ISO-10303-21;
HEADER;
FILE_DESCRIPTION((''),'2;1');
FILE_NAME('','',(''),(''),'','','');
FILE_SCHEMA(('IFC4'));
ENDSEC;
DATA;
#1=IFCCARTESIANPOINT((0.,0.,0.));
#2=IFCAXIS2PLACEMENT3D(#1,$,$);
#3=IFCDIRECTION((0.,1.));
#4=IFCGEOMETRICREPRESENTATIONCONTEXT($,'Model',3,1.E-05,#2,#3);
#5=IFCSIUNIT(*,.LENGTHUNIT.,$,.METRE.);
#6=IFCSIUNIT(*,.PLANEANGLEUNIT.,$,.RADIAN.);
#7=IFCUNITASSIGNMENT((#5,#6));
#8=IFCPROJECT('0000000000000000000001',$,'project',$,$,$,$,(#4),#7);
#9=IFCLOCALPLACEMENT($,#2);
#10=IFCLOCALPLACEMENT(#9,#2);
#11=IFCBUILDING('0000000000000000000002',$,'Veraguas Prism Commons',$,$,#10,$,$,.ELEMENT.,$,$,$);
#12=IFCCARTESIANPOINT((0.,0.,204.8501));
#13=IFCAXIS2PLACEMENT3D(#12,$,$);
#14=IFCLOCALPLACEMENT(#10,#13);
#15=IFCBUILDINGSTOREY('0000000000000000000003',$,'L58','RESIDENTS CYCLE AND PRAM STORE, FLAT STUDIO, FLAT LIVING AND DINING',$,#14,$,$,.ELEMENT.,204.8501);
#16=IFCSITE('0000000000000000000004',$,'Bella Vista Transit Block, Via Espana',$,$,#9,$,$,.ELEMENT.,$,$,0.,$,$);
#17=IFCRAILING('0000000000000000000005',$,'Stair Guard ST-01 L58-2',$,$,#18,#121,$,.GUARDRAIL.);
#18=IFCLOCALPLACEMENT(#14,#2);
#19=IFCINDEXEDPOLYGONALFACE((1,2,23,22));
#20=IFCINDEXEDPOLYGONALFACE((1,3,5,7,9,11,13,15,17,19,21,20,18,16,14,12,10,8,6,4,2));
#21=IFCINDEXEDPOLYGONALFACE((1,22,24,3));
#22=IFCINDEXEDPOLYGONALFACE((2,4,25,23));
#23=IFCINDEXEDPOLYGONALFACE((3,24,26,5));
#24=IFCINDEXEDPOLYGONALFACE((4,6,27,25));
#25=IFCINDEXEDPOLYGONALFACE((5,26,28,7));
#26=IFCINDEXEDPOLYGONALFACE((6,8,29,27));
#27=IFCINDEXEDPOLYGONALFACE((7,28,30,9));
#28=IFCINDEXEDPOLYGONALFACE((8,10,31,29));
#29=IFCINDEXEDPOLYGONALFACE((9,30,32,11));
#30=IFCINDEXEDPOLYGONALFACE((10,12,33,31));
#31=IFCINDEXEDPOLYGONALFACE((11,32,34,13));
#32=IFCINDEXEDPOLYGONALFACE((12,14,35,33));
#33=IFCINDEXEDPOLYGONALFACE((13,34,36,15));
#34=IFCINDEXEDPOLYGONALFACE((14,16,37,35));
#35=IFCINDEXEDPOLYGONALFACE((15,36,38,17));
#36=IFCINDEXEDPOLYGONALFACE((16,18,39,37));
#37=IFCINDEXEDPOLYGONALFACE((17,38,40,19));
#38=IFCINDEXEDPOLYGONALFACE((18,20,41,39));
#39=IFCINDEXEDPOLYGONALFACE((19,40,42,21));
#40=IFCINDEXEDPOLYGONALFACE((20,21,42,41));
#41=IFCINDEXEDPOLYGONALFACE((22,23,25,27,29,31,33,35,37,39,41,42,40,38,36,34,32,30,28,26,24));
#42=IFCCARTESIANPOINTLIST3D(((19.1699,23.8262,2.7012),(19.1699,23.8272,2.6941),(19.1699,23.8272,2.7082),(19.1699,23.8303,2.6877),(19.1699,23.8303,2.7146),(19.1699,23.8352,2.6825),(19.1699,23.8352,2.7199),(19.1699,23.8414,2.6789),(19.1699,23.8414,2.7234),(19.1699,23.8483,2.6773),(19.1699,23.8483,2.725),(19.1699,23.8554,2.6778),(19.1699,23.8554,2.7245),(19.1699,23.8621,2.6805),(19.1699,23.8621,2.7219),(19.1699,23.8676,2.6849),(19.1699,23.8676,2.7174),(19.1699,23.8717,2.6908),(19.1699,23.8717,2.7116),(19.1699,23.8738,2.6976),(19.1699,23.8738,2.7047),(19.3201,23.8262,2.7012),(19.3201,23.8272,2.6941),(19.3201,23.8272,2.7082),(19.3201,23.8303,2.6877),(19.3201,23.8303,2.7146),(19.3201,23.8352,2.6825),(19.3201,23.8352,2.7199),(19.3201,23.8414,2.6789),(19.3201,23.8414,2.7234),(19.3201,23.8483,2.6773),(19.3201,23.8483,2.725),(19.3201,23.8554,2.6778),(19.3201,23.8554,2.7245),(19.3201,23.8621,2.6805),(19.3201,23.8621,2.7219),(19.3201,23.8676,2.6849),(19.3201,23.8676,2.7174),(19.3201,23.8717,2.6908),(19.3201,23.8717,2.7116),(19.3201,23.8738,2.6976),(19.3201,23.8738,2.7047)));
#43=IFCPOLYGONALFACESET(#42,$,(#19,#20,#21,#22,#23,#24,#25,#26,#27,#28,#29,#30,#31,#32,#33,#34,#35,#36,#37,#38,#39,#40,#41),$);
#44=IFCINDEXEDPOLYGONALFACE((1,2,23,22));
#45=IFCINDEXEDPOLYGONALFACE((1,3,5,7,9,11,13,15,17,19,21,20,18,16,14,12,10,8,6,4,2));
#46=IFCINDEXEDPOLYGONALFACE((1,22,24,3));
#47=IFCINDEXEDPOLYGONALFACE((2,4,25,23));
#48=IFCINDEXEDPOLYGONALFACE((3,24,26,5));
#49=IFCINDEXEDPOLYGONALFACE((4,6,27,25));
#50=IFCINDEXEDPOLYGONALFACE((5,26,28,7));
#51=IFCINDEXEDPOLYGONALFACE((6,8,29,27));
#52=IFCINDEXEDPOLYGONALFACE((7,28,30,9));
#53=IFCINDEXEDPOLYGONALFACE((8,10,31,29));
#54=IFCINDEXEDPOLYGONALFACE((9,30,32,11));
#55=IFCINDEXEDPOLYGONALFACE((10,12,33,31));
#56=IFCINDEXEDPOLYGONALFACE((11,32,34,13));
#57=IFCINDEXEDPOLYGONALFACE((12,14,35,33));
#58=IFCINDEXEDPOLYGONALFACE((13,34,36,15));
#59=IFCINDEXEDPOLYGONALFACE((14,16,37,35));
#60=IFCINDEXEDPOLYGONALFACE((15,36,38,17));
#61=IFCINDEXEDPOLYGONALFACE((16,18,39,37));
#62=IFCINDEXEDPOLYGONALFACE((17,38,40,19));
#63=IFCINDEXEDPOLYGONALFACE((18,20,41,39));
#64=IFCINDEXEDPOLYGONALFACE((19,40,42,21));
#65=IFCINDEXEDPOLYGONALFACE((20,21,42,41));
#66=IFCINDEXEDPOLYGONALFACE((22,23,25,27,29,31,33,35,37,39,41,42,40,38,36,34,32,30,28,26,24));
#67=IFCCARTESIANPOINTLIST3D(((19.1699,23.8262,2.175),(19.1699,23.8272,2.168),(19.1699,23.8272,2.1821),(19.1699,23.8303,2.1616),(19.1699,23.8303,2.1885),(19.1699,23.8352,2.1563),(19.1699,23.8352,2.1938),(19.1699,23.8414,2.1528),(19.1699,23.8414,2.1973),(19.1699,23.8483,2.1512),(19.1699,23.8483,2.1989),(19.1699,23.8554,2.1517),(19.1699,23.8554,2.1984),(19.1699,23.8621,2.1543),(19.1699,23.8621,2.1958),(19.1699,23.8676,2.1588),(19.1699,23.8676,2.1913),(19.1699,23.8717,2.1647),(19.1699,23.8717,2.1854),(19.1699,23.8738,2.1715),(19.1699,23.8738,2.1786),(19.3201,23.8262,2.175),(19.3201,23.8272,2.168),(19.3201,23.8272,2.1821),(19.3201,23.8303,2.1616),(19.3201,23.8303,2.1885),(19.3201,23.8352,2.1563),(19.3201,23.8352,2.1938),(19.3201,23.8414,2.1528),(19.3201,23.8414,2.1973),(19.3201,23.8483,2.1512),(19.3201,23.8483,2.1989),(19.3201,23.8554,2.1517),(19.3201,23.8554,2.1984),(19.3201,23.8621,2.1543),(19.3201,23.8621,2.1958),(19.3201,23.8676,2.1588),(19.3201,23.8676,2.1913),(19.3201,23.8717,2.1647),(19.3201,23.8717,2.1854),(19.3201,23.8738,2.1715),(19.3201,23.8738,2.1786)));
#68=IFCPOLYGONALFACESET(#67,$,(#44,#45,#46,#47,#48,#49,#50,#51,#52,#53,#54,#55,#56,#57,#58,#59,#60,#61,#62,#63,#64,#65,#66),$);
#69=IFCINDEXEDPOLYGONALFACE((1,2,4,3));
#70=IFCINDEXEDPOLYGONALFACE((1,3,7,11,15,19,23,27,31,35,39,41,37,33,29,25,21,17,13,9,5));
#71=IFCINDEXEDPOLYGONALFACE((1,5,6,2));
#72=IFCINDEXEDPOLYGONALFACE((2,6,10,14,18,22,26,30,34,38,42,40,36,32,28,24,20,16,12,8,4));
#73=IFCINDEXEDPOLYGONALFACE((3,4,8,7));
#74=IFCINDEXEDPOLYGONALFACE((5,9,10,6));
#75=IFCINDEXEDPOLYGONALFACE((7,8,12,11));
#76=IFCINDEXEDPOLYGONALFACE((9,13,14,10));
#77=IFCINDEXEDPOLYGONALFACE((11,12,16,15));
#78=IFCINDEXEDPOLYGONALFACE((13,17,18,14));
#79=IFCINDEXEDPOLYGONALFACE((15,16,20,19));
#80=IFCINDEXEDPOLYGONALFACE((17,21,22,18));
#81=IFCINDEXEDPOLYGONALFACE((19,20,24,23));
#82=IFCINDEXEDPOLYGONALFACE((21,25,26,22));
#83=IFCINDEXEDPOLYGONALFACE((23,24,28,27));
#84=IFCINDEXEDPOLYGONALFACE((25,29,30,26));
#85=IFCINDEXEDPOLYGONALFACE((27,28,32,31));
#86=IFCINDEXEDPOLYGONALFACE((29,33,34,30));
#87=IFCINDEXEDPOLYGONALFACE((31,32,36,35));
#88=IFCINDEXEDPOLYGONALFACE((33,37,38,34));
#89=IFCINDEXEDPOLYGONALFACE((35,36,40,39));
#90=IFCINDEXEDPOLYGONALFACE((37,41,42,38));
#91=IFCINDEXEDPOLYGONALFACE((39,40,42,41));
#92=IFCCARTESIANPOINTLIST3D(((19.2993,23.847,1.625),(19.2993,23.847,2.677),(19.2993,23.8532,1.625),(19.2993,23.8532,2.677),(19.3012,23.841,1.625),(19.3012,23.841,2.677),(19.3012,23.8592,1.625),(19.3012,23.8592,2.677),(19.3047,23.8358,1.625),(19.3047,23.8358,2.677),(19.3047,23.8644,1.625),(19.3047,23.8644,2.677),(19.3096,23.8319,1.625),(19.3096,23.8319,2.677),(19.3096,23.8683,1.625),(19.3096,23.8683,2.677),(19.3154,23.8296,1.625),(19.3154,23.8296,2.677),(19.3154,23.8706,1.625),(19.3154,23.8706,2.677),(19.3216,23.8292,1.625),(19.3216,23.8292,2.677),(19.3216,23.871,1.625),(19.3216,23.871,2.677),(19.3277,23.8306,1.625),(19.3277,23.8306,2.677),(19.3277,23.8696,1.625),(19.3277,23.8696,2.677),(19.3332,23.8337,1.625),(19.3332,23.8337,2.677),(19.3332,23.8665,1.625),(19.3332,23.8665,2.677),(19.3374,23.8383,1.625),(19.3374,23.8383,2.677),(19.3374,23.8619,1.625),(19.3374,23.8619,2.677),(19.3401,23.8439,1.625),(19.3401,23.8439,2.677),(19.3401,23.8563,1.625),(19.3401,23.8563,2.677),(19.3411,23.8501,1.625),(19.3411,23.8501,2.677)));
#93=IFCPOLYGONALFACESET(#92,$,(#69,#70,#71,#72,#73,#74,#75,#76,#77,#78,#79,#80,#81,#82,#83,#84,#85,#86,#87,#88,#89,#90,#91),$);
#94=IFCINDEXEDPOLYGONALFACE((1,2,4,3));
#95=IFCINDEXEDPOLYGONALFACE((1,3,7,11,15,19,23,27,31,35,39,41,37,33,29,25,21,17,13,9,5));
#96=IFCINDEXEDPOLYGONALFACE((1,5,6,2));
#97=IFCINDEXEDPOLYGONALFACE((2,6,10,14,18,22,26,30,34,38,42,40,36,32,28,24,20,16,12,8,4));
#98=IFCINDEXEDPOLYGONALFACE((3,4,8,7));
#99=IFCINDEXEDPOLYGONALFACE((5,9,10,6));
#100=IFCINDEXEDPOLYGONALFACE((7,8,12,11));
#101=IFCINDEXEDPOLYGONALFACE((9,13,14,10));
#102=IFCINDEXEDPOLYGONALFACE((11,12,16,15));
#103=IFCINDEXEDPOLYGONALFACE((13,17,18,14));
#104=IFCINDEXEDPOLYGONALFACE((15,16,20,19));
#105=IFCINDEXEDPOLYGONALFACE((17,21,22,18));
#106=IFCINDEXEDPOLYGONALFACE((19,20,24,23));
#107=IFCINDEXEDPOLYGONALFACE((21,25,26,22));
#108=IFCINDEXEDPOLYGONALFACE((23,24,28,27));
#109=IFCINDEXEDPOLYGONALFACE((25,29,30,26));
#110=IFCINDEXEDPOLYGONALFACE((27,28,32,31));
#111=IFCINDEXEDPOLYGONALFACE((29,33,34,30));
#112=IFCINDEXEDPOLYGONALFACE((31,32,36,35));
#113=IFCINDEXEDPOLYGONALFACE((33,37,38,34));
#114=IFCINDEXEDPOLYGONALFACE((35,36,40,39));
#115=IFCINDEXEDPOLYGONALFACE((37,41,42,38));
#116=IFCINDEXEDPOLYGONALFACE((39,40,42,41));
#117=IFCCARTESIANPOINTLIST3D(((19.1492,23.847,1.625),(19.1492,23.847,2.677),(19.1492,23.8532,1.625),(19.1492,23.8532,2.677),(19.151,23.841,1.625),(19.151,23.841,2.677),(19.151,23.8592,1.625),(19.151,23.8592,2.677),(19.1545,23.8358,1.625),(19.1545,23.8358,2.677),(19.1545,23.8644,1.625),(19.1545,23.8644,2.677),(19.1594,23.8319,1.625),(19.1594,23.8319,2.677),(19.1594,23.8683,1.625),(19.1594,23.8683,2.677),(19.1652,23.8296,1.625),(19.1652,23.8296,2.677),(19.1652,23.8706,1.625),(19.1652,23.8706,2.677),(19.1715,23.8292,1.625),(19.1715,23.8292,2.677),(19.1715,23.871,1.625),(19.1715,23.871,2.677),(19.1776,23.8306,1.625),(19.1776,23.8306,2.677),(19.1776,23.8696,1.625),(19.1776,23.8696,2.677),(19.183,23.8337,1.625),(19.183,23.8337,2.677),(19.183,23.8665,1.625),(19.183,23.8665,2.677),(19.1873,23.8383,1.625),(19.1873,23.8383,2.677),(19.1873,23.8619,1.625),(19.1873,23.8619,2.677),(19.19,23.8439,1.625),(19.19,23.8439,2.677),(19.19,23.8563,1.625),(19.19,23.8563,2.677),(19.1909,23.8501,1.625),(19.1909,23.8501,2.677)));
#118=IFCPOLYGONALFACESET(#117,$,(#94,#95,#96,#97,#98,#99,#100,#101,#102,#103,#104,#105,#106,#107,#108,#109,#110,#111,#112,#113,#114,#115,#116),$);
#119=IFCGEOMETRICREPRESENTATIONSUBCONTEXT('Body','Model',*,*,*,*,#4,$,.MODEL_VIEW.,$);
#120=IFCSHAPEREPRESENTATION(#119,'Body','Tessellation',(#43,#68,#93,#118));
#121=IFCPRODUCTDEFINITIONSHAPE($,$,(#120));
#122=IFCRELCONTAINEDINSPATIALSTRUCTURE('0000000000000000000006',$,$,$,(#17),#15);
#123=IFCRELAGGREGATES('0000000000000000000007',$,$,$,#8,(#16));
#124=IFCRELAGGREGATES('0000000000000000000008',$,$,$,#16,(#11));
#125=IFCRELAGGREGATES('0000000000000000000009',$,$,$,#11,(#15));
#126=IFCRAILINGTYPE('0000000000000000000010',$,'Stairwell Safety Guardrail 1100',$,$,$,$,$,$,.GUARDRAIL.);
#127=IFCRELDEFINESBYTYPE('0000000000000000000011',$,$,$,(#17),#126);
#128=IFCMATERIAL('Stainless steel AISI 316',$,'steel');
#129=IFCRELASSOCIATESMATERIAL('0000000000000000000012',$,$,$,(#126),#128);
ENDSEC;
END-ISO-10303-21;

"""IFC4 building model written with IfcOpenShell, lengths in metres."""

from ifc_helpers import new_model, si_unit, direction, frame, origin, origin_2d, place, context, subcontext, project, spatial, circle, extrude, material, type_object, element, save


model = new_model("IFC4")

# Units and contexts
model_context = context("Model", 3, precision=1e-05, world=origin(), true_north=direction((0.0, 1.0)))
body_context = subcontext(model_context, "Body", "Model", "MODEL_VIEW")
ifc_project = project(units=[si_unit("LENGTHUNIT", "METRE"), si_unit("PLANEANGLEUNIT", "RADIAN")], contexts=[model_context])

# Site, building, storey
site_placement = place(None, origin())
site = spatial("IfcSite", under=ifc_project, at=site_placement, Name="Bella Vista Transit Block, Via Espana", CompositionType="ELEMENT", RefElevation=0.0)
building_placement = place(site_placement, origin())
building = spatial("IfcBuilding", under=site, at=building_placement, Name="Veraguas Prism Commons", CompositionType="ELEMENT")
storey_placement = place(building_placement, frame((0.0, 0.0, 204.8501)))
storey = spatial("IfcBuildingStorey", under=building, at=storey_placement, Name="L58", Description="RESIDENTS CYCLE AND PRAM STORE, FLAT STUDIO, FLAT LIVING AND DINING", CompositionType="ELEMENT", Elevation=204.8501)

# Shared definitions
ifc_material_1 = material(Name="Stainless steel AISI 316", Category="steel")

# Railing
railing_type_1 = type_object("IfcRailingType", Name="Stairwell Safety Guardrail 1100", PredefinedType="GUARDRAIL", material=ifc_material_1)
railing_1_placement = place(storey_placement, frame((19.3201, 23.8501, 1.625)))
element("IfcRailing", 1, at=railing_1_placement, inside=storey, type_object=railing_type_1, Name="Stair Guard ST-01 L58-2", PredefinedType="GUARDRAIL", context=body_context, shape_type="SweptSolid", body=[
    extrude(circle(Radius=0.0239, at=origin_2d()), frame((0.0, 0.0, 1.0762), z_axis=(-1.0, 0.0, 0.0), x_axis=(0.0, -1.0, 0.0)), (0.0, 0.0, 1.0), 0.1501),
    extrude(circle(Radius=0.0239, at=origin_2d()), frame((0.0, 0.0, 0.55), z_axis=(-1.0, 0.0, 0.0), x_axis=(0.0, -1.0, 0.0)), (0.0, 0.0, 1.0), 0.1501),
    extrude(circle(Radius=0.021, at=origin_2d()), origin(), (0.0, 0.0, 1.0), 1.052),
    extrude(circle(Radius=0.021, at=origin_2d()), frame((-0.1501, 0.0, 0.0)), (0.0, 0.0, 1.0), 1.052),
])

save(model, "model.ifc")
